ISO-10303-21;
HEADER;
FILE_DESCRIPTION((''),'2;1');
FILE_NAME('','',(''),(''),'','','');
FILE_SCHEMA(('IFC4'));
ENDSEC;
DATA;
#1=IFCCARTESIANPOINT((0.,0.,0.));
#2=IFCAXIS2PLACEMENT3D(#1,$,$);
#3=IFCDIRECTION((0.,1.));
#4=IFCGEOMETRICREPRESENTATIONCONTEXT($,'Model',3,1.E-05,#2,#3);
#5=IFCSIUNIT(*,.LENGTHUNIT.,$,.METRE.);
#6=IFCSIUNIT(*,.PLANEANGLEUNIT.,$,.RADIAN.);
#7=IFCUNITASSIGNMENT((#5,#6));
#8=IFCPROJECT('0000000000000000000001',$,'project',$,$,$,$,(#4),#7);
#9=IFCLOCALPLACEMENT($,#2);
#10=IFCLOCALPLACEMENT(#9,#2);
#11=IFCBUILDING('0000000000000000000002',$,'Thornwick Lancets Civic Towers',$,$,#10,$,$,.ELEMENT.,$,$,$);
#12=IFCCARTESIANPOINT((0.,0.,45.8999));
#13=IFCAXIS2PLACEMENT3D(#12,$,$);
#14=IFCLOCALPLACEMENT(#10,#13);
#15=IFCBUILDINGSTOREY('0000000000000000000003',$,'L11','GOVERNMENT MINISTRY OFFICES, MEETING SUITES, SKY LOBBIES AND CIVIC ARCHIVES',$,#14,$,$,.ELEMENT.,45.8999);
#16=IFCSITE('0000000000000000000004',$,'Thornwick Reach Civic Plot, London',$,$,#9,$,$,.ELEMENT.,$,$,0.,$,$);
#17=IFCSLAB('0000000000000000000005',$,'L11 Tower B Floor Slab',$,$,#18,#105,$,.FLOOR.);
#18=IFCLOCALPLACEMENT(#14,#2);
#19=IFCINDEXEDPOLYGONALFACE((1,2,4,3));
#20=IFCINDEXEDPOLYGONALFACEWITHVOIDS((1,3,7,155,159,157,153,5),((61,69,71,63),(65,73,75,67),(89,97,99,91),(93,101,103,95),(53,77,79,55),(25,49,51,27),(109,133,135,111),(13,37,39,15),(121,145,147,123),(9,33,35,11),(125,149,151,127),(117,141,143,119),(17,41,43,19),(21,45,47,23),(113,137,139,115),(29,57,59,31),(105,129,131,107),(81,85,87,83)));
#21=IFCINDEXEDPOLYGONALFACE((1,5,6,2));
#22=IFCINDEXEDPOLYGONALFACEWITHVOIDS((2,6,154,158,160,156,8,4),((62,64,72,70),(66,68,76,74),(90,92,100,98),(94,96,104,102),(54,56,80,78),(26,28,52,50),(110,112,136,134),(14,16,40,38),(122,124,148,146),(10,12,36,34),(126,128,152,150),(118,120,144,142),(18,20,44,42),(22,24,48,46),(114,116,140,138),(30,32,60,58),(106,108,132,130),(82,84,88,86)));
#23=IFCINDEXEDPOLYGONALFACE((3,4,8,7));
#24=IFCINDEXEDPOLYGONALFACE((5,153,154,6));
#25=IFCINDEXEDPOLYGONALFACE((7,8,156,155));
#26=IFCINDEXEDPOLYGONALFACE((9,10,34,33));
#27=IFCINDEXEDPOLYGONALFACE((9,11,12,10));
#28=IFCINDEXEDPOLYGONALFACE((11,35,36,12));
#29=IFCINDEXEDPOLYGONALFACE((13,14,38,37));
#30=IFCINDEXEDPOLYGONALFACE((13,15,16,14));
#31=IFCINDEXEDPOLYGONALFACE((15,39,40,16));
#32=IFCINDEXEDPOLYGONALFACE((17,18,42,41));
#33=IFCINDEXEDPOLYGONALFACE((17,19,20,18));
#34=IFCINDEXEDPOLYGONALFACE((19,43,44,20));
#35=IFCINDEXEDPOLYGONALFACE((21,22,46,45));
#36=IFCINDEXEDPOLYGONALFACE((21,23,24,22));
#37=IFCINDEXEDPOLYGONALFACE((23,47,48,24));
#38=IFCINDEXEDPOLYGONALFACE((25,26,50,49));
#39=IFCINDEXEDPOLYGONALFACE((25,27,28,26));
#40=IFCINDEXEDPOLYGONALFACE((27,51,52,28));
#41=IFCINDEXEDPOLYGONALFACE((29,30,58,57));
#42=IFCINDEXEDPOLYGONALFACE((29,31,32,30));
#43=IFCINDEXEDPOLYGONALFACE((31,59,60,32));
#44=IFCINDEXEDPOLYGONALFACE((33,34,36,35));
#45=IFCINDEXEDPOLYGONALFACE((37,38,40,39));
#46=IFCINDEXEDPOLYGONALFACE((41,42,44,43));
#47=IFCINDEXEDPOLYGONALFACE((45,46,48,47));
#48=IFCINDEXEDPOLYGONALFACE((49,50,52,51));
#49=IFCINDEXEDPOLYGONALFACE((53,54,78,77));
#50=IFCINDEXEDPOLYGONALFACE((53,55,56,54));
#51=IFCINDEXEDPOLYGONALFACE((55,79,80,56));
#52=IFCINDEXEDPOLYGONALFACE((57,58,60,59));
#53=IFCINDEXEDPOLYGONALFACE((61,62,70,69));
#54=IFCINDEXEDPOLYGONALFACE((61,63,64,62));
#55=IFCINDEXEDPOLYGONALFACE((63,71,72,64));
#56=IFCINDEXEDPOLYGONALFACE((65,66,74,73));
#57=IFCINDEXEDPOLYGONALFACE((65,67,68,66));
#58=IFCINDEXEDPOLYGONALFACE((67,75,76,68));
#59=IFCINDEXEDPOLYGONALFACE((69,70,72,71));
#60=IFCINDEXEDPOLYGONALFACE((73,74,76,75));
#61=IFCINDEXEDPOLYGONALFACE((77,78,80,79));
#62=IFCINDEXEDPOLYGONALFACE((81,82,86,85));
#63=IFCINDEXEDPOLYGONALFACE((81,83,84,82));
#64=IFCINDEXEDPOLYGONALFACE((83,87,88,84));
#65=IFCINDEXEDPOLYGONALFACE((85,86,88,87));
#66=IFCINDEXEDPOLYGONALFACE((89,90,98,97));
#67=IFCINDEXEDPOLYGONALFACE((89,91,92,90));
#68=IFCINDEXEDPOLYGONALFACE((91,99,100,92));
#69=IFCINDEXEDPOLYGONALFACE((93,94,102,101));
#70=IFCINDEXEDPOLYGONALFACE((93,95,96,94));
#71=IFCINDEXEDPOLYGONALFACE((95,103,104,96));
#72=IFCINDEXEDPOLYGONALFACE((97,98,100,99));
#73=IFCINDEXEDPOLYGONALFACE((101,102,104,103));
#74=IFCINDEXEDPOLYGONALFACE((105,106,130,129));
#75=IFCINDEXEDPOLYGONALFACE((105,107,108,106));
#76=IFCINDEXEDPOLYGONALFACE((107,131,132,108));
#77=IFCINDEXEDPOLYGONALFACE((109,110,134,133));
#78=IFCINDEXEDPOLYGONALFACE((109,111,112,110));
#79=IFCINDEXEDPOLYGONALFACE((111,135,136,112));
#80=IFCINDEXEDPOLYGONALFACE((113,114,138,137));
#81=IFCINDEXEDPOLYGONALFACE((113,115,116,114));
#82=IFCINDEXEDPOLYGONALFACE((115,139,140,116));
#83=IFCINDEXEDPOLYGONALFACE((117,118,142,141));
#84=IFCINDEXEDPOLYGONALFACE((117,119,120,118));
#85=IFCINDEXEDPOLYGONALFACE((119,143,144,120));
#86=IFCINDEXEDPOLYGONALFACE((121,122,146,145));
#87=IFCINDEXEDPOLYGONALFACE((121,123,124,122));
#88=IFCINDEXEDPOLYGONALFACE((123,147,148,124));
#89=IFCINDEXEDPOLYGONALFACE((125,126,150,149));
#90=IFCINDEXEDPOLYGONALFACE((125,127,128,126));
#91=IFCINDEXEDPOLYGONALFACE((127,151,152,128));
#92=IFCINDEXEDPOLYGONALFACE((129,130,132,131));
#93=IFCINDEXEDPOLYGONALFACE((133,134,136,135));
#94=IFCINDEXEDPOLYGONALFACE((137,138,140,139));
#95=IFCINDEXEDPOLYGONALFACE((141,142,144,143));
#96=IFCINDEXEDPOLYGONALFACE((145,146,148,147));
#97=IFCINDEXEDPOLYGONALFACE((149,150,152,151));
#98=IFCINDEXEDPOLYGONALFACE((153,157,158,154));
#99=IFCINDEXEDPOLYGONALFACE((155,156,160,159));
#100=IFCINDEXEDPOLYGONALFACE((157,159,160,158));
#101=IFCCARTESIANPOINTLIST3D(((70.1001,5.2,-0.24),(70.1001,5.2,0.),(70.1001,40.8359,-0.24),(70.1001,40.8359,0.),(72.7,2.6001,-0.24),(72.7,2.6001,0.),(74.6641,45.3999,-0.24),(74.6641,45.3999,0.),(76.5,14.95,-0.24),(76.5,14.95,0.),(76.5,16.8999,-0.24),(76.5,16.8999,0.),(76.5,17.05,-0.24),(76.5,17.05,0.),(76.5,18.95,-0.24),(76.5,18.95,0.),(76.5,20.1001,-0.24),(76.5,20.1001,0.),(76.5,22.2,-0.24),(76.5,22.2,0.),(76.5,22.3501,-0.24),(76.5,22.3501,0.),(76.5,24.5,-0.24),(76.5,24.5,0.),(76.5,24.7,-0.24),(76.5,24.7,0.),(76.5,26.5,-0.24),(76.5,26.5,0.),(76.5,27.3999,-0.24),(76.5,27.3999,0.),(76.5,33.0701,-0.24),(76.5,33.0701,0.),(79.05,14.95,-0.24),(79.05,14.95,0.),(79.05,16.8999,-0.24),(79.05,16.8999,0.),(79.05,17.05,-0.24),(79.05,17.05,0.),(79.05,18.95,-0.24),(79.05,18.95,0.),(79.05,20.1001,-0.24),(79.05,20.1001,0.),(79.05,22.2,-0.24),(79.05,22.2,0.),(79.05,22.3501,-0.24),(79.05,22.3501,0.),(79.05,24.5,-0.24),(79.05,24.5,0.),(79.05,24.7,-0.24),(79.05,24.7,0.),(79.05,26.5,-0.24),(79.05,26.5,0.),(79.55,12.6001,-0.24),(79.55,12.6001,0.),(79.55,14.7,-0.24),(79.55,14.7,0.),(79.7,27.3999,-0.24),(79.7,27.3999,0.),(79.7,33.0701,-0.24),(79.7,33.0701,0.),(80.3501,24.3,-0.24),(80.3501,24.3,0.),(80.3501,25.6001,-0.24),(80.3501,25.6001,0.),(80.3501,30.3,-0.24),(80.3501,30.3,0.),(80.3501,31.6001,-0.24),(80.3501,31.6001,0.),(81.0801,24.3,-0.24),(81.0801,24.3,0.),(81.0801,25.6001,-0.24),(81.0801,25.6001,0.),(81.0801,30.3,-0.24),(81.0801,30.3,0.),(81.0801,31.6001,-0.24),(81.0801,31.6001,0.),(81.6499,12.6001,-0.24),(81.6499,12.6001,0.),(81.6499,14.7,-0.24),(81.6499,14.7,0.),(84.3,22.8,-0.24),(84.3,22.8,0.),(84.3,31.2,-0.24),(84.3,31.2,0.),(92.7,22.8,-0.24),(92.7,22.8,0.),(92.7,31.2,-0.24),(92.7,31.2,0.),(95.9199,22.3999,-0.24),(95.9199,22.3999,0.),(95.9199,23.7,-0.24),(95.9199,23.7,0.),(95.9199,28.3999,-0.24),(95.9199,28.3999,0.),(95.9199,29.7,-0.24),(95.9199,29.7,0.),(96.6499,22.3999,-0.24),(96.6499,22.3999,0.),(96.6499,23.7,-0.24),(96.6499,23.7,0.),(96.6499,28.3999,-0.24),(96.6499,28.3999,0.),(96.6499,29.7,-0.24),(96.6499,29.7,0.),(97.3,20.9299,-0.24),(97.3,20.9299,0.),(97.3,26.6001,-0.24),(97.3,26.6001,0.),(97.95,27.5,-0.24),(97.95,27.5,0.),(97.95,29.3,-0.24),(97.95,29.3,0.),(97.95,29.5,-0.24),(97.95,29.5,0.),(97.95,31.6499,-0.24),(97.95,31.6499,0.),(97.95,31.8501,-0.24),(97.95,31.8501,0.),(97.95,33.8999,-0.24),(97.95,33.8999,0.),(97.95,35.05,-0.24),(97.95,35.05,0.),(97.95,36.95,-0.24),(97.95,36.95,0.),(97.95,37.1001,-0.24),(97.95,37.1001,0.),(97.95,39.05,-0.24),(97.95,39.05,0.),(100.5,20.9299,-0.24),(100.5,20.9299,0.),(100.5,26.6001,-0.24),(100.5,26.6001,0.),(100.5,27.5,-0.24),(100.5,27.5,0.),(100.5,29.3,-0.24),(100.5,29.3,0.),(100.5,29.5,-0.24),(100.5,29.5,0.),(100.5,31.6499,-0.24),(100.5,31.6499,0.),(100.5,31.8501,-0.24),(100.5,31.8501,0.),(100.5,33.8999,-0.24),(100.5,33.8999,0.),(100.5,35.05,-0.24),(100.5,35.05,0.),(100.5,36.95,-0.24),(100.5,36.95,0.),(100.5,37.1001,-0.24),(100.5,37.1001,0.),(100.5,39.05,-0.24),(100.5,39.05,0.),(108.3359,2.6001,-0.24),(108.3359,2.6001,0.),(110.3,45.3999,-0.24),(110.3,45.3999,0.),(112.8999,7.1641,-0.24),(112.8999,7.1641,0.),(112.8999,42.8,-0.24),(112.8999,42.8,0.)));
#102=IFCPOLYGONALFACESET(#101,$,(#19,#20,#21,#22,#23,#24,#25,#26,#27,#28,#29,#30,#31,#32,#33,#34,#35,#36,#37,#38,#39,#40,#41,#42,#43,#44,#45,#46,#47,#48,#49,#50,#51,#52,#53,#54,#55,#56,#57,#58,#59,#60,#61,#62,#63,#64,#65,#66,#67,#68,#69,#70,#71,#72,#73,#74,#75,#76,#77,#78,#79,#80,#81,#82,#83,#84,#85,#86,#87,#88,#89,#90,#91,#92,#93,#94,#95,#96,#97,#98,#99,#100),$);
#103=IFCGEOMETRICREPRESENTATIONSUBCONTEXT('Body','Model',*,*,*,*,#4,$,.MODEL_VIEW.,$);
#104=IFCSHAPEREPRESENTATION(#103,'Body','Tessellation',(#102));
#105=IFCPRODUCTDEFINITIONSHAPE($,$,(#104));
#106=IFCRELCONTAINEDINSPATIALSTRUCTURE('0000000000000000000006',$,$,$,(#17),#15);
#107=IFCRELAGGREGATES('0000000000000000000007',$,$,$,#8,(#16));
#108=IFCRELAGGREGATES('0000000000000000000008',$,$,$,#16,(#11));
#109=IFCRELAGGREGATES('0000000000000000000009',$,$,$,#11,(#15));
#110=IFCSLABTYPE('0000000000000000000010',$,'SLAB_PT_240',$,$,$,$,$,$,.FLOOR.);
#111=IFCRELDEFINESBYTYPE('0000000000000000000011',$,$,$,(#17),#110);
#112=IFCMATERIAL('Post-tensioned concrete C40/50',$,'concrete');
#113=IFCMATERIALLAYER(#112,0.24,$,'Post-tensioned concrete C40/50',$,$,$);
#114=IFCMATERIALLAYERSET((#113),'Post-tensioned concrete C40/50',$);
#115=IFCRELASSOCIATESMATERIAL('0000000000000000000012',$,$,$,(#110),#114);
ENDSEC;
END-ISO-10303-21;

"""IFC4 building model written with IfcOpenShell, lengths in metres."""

from ifc_helpers import new_model, si_unit, direction, frame, origin, place, context, subcontext, project, spatial, polyline, outline, extrude, material, layer, layer_set, type_object, element, save


model = new_model("IFC4")

# Units and contexts
model_context = context("Model", 3, precision=1e-05, world=origin(), true_north=direction((0.0, 1.0)))
body_context = subcontext(model_context, "Body", "Model", "MODEL_VIEW")
ifc_project = project(units=[si_unit("LENGTHUNIT", "METRE"), si_unit("PLANEANGLEUNIT", "RADIAN")], contexts=[model_context])

# Site, building, storey
site_placement = place(None, origin())
site = spatial("IfcSite", under=ifc_project, at=site_placement, Name="Thornwick Reach Civic Plot, London", CompositionType="ELEMENT", RefElevation=0.0)
building_placement = place(site_placement, origin())
building = spatial("IfcBuilding", under=site, at=building_placement, Name="Thornwick Lancets Civic Towers", CompositionType="ELEMENT")
storey_placement = place(building_placement, frame((0.0, 0.0, 45.8999)))
storey = spatial("IfcBuildingStorey", under=building, at=storey_placement, Name="L11", Description="GOVERNMENT MINISTRY OFFICES, MEETING SUITES, SKY LOBBIES AND CIVIC ARCHIVES", CompositionType="ELEMENT", Elevation=45.8999)

# Shared definitions
ifc_material_1 = material(Name="Post-tensioned concrete C40/50", Category="concrete")

# Slab
ifc_layer_1 = layer(ifc_material_1, 0.24, Name="Post-tensioned concrete C40/50")
ifc_layer_set_1 = layer_set([ifc_layer_1], Name="Post-tensioned concrete C40/50")
slab_type_1 = type_object("IfcSlabType", Name="SLAB_PT_240", PredefinedType="FLOOR", material=ifc_layer_set_1)
slab_1_placement = place(storey_placement, frame((0.0, 0.0, -0.24)))
element("IfcSlab", 1, at=slab_1_placement, inside=storey, type_object=slab_type_1, Name="L11 Tower B Floor Slab", PredefinedType="FLOOR", context=body_context, shape_type="SweptSolid", body=[
    extrude(outline(polyline([(72.7, 2.6001), (108.3359, 2.6001), (112.8999, 7.1641), (112.8999, 42.8), (110.3, 45.3999), (74.6641, 45.3999), (70.1001, 40.8359), (70.1001, 5.2), (72.7, 2.6001)]), holes=[polyline([(84.3, 22.8), (92.7, 22.8), (92.7, 31.2), (84.3, 31.2), (84.3, 22.8)]), polyline([(100.5, 20.9299), (100.5, 26.6001), (97.3, 26.6001), (97.3, 20.9299), (100.5, 20.9299)]), polyline([(76.5, 33.0701), (76.5, 27.3999), (79.7, 27.3999), (79.7, 33.0701), (76.5, 33.0701)]), polyline([(97.95, 27.5), (100.5, 27.5), (100.5, 29.3), (97.95, 29.3), (97.95, 27.5)]), polyline([(97.95, 29.5), (100.5, 29.5), (100.5, 31.6499), (97.95, 31.6499), (97.95, 29.5)]), polyline([(97.95, 31.8501), (100.5, 31.8501), (100.5, 33.8999), (97.95, 33.8999), (97.95, 31.8501)]), polyline([(97.95, 35.05), (100.5, 35.05), (100.5, 36.95), (97.95, 36.95), (97.95, 35.05)]), polyline([(97.95, 37.1001), (100.5, 37.1001), (100.5, 39.05), (97.95, 39.05), (97.95, 37.1001)]), polyline([(76.5, 24.7), (79.05, 24.7), (79.05, 26.5), (76.5, 26.5), (76.5, 24.7)]), polyline([(76.5, 22.3501), (79.05, 22.3501), (79.05, 24.5), (76.5, 24.5), (76.5, 22.3501)]), polyline([(76.5, 20.1001), (79.05, 20.1001), (79.05, 22.2), (76.5, 22.2), (76.5, 20.1001)]), polyline([(76.5, 17.05), (79.05, 17.05), (79.05, 18.95), (76.5, 18.95), (76.5, 17.05)]), polyline([(76.5, 14.95), (79.05, 14.95), (79.05, 16.8999), (76.5, 16.8999), (76.5, 14.95)]), polyline([(79.55, 12.6001), (81.6499, 12.6001), (81.6499, 14.7), (79.55, 14.7), (79.55, 12.6001)]), polyline([(95.9199, 28.3999), (96.6499, 28.3999), (96.6499, 29.7), (95.9199, 29.7), (95.9199, 28.3999)]), polyline([(95.9199, 22.3999), (96.6499, 22.3999), (96.6499, 23.7), (95.9199, 23.7), (95.9199, 22.3999)]), polyline([(80.3501, 24.3), (81.0801, 24.3), (81.0801, 25.6001), (80.3501, 25.6001), (80.3501, 24.3)]), polyline([(80.3501, 30.3), (81.0801, 30.3), (81.0801, 31.6001), (80.3501, 31.6001), (80.3501, 30.3)])]), origin(), (0.0, 0.0, 1.0), 0.24),
])

save(model, "model.ifc")
